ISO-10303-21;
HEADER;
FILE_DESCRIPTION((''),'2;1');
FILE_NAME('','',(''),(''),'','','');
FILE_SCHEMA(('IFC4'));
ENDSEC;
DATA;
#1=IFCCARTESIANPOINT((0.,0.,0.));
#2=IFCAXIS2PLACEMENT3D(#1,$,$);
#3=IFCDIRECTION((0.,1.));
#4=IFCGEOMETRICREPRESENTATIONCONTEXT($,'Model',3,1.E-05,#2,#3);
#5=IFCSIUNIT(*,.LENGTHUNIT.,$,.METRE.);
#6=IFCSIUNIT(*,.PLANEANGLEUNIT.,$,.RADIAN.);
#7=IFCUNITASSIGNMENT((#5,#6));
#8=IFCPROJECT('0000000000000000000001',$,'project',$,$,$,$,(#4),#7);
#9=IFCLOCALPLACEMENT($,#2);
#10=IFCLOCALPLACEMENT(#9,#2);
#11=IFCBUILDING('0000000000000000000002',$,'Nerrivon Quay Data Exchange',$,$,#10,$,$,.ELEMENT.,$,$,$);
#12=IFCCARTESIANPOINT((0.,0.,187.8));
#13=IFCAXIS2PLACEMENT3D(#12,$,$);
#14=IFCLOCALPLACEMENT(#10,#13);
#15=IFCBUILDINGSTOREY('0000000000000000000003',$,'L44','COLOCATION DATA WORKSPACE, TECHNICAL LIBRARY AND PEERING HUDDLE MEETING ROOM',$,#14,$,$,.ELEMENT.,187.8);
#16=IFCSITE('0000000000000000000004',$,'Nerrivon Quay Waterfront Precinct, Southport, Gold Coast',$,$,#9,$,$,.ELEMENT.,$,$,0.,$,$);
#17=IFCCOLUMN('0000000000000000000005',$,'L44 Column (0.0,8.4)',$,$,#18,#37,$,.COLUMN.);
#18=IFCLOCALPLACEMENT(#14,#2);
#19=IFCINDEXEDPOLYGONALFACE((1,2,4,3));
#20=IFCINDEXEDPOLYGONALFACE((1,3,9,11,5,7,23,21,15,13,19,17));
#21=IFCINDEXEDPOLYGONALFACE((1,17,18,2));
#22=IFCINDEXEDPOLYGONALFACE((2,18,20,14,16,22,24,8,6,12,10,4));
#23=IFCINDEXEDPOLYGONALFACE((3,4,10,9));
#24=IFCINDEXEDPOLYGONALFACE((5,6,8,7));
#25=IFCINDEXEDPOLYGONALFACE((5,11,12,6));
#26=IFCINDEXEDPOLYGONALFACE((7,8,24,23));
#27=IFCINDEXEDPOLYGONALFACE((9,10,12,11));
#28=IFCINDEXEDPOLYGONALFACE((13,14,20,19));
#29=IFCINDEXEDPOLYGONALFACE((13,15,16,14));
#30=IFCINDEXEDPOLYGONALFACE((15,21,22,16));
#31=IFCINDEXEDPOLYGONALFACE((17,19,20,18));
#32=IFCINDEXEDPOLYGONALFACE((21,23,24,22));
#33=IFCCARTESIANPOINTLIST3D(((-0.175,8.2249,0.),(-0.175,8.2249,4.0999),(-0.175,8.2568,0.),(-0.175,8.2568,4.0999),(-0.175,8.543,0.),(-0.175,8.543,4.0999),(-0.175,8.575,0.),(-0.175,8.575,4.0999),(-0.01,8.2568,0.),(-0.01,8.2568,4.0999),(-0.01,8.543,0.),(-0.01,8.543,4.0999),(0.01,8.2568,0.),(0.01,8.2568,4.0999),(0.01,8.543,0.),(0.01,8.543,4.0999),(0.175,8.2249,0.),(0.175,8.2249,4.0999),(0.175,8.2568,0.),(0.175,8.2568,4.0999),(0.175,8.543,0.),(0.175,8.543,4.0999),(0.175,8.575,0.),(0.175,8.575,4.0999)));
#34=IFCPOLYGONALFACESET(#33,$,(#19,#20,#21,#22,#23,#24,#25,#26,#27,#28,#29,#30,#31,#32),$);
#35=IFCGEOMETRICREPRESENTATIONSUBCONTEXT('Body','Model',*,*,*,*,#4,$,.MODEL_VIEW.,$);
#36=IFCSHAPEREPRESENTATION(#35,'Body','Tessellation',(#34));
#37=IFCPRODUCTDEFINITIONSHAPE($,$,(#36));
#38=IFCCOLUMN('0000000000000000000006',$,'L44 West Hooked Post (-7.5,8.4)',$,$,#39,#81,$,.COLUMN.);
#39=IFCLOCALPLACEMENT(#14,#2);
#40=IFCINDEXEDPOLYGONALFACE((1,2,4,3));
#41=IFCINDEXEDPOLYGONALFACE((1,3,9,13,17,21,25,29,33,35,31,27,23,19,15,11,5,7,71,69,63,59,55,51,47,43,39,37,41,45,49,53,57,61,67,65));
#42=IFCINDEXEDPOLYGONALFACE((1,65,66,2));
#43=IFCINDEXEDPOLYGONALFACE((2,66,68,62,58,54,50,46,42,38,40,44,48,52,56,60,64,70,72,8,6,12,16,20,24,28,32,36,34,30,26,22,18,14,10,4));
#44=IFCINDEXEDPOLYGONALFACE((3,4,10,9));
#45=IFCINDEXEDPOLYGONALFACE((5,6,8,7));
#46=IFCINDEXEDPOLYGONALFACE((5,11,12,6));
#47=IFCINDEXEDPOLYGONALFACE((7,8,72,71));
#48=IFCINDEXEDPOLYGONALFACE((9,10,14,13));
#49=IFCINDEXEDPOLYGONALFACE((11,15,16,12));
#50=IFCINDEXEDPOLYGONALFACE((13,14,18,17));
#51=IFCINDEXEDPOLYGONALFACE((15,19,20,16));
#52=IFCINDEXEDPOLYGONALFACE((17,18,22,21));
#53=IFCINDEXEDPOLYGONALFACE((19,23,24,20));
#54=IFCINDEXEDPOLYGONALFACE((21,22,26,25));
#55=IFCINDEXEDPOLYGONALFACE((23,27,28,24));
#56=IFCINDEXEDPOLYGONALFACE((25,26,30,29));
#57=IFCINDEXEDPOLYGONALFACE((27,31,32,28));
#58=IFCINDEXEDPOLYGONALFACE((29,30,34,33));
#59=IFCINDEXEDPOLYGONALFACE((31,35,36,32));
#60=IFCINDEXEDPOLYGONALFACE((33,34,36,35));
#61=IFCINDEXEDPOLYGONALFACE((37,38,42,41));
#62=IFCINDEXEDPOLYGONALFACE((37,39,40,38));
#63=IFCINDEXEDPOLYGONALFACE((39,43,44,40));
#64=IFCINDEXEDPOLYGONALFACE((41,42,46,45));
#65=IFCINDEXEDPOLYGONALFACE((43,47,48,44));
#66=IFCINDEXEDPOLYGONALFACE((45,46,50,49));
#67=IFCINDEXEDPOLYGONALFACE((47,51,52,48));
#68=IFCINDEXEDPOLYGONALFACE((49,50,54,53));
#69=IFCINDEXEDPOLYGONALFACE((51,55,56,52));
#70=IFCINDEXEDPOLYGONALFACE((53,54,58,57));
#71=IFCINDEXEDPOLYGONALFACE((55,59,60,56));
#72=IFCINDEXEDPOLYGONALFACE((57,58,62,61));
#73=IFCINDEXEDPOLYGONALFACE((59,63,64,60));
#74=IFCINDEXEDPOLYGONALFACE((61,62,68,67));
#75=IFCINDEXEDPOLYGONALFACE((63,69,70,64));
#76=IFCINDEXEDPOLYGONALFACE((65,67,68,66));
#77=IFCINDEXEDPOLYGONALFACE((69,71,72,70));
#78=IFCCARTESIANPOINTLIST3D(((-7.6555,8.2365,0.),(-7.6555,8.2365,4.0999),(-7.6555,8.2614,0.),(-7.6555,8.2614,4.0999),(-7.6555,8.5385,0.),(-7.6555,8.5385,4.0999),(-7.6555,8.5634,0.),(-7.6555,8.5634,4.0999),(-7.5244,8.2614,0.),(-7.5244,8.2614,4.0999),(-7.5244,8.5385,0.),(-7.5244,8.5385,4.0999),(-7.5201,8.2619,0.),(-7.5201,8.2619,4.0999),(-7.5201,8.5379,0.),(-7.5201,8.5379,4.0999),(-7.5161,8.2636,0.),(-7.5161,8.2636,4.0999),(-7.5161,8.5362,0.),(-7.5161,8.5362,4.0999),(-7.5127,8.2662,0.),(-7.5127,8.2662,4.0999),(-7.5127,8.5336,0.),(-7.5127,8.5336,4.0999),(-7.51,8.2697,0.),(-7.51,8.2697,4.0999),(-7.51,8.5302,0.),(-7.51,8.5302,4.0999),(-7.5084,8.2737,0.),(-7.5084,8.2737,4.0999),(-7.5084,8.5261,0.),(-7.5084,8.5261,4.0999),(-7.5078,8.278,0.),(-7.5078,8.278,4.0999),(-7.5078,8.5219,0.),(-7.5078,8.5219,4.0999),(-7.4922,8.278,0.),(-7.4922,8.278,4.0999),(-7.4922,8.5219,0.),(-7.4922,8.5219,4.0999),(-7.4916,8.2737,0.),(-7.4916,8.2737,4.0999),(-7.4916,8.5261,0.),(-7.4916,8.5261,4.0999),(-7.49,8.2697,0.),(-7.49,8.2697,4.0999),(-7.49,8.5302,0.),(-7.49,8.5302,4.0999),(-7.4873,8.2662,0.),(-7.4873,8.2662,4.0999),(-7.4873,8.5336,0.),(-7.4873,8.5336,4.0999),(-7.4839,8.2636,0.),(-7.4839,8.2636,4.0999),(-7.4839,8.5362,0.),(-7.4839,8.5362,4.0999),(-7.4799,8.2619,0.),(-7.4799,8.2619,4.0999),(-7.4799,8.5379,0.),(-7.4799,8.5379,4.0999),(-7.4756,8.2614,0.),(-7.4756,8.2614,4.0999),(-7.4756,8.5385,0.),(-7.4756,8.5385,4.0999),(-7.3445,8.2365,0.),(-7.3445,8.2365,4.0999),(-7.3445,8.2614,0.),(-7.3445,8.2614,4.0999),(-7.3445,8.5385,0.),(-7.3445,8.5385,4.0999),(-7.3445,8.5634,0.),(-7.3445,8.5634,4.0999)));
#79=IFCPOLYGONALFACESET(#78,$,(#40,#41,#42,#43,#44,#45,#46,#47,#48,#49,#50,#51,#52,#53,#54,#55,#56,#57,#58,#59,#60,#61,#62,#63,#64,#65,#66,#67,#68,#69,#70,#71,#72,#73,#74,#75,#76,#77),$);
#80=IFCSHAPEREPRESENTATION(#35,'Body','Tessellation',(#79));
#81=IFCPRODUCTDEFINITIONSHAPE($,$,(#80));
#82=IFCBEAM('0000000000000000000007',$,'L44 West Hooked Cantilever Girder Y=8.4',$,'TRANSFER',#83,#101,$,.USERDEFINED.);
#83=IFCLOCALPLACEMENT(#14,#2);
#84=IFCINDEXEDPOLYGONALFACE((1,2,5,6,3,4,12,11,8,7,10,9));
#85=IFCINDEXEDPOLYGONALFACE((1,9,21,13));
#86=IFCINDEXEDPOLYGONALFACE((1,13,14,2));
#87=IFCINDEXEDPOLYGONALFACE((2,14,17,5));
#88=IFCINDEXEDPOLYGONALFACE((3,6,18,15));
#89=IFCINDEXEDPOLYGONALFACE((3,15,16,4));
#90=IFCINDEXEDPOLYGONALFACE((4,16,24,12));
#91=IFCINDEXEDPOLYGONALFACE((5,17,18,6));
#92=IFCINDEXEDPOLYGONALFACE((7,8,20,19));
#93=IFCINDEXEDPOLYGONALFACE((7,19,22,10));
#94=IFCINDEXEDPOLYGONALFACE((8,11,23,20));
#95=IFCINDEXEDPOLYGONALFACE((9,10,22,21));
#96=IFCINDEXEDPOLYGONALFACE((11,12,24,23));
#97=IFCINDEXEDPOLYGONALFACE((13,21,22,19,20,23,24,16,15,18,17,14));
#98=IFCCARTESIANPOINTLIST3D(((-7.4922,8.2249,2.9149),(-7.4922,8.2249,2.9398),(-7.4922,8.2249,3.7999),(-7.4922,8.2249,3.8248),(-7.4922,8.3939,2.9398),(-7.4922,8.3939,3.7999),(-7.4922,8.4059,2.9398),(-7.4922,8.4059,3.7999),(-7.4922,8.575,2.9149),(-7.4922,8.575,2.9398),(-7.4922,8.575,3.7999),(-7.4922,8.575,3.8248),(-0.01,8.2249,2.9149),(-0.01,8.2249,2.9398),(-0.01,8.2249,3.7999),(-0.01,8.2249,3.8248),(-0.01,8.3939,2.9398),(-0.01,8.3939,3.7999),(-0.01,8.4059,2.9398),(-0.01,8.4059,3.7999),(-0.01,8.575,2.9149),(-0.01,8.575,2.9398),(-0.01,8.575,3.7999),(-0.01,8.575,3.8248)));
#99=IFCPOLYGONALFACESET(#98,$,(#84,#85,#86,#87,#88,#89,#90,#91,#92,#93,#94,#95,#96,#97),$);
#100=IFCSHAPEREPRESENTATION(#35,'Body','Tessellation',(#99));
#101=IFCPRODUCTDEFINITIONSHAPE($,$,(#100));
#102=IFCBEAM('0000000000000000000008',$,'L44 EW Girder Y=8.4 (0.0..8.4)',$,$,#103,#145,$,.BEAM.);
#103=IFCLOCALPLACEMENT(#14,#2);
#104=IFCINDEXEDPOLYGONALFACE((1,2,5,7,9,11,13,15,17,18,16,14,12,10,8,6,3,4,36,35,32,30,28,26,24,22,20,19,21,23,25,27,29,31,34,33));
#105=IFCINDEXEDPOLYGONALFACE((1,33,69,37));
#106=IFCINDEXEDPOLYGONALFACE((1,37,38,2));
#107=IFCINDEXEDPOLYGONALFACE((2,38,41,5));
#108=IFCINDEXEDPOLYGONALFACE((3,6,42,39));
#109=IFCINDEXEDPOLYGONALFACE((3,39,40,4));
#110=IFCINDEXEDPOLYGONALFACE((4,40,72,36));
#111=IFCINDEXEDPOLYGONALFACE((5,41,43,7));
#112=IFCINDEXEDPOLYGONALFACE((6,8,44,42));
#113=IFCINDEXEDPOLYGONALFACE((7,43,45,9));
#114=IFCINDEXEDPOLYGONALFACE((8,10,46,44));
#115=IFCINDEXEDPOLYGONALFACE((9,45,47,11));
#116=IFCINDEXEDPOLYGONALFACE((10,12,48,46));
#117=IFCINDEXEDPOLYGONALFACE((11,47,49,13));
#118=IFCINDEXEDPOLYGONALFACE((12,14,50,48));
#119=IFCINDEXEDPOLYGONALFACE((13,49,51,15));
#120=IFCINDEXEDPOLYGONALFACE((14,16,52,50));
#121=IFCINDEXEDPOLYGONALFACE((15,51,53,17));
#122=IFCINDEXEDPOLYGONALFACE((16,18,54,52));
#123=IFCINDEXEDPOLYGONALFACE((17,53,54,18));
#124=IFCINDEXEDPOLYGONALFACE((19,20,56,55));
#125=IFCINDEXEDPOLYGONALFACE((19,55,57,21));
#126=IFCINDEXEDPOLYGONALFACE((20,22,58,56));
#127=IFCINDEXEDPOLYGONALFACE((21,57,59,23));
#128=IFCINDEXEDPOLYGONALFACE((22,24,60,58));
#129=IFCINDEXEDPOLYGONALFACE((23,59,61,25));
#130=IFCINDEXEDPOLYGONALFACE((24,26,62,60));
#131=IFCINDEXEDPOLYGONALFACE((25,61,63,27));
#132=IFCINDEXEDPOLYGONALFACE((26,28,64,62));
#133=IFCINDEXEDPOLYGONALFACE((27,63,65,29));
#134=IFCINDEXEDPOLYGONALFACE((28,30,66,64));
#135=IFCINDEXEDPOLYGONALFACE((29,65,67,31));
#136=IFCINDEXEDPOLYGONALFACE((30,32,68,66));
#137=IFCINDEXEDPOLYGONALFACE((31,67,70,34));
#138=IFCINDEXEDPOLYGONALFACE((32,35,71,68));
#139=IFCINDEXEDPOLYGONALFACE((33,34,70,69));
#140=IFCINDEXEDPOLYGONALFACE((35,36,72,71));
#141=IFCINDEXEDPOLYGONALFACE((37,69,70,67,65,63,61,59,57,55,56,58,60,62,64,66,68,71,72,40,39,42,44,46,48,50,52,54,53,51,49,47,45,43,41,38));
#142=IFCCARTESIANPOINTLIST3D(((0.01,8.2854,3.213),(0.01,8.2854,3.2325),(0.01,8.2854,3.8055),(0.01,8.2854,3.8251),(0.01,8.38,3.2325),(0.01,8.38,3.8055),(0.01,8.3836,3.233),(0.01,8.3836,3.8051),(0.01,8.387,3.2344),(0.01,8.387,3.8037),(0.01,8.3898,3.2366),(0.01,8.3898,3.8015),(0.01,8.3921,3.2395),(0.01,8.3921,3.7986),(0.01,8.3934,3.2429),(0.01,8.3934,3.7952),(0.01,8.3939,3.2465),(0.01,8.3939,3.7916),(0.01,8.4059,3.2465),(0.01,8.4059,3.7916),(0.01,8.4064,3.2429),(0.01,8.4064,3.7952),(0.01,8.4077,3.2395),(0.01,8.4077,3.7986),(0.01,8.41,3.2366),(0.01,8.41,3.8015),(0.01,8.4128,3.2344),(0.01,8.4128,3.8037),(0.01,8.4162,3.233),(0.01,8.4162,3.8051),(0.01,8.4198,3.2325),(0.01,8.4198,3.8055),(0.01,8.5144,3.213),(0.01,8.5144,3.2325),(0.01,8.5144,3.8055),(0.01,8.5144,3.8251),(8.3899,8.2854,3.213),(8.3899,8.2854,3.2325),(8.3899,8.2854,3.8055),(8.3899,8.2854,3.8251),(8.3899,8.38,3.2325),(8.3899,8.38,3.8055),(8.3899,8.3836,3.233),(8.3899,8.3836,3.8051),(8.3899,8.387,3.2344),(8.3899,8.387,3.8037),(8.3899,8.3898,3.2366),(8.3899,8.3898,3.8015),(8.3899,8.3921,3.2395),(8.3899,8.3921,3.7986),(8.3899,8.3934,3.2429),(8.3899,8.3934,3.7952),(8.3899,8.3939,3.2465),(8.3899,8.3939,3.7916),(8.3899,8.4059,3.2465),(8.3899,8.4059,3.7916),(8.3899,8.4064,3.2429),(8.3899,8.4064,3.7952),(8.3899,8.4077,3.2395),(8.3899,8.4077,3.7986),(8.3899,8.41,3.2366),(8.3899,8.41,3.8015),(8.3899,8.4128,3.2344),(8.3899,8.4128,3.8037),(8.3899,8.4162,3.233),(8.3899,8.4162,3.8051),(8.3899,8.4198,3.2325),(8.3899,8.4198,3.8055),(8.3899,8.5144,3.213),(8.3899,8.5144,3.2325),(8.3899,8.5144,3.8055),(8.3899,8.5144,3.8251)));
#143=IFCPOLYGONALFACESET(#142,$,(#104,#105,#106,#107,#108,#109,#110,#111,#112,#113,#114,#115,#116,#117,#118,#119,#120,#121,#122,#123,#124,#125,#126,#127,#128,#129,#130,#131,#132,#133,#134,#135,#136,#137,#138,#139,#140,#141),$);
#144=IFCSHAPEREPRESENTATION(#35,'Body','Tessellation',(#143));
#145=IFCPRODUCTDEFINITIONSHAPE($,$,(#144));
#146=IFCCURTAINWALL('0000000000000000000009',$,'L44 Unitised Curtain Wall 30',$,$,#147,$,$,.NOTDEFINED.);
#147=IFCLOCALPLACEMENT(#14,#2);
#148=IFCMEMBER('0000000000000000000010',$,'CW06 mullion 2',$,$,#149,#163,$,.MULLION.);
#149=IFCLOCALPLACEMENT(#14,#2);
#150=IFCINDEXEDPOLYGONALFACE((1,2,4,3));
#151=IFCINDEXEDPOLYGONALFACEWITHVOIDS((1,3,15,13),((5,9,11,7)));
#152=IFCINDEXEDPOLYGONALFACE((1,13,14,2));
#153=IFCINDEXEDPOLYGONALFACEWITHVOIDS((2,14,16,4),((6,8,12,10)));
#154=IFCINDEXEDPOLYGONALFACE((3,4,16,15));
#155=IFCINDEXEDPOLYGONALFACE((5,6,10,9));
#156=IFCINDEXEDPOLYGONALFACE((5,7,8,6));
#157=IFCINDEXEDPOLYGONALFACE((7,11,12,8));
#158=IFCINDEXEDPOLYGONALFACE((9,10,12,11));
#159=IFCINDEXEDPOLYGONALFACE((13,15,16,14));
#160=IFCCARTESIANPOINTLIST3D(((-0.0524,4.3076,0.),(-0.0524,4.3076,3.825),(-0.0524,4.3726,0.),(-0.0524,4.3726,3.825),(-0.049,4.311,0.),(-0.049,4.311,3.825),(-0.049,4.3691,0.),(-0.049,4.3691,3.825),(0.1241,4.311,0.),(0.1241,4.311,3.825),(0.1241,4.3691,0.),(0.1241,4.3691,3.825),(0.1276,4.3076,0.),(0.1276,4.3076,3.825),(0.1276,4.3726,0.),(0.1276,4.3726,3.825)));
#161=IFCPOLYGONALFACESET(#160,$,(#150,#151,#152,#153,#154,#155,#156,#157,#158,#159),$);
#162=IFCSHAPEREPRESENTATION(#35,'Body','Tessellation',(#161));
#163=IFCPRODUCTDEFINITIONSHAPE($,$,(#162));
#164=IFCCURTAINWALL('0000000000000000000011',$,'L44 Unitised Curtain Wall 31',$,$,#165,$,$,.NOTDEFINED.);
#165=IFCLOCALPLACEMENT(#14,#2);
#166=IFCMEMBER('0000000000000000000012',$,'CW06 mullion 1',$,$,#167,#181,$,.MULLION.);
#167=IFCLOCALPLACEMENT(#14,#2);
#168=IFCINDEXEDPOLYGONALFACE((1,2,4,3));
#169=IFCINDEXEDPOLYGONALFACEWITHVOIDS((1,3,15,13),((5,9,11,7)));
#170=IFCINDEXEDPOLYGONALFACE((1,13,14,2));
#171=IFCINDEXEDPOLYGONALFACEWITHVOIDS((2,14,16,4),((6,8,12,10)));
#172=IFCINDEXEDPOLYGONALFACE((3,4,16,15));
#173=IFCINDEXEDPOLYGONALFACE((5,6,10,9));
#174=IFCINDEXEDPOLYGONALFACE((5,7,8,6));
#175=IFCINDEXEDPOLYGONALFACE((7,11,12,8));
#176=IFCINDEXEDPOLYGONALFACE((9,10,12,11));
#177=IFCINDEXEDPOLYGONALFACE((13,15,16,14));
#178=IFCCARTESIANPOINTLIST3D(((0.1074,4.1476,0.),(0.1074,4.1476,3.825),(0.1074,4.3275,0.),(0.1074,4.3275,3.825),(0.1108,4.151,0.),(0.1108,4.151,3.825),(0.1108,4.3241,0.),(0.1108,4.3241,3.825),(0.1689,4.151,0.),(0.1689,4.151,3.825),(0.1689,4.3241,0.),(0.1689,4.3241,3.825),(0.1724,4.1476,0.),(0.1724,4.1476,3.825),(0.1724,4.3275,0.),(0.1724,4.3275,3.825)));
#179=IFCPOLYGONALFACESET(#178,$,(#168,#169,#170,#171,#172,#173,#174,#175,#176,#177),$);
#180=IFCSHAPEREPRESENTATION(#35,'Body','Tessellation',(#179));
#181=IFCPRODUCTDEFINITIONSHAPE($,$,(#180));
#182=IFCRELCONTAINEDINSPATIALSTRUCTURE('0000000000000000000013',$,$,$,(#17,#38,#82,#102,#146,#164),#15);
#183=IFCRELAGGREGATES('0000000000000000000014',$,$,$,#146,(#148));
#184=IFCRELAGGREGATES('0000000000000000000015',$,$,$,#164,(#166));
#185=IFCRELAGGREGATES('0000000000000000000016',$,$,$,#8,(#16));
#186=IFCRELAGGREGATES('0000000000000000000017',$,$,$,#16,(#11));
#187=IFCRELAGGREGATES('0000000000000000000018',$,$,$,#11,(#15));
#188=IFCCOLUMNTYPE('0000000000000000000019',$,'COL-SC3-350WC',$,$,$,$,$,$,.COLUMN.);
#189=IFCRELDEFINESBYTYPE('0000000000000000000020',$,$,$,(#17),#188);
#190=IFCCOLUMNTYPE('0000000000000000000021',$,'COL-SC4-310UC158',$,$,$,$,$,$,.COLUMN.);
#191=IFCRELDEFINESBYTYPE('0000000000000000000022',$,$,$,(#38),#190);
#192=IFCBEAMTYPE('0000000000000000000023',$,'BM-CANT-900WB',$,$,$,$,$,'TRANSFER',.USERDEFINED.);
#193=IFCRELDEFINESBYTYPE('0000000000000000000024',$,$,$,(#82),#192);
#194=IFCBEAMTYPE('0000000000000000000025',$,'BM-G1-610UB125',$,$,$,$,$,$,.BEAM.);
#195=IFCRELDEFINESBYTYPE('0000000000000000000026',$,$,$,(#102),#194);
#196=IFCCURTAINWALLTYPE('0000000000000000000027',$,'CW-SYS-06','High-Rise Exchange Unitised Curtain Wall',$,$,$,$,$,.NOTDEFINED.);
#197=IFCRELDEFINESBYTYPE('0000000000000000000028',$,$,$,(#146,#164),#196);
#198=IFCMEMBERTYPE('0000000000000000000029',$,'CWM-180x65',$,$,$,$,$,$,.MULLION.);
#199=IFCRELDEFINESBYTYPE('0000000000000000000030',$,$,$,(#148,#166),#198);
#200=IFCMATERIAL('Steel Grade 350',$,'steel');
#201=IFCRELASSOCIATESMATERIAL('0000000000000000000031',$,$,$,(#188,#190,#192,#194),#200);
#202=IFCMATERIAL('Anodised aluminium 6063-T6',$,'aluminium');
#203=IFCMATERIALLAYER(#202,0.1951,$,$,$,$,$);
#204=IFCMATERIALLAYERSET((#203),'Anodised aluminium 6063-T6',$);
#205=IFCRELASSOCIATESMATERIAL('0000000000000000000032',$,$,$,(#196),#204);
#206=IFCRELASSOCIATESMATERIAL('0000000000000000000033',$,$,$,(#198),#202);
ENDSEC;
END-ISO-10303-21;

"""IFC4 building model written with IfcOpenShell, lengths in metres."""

from ifc_helpers import new_model, si_unit, direction, frame, origin, origin_2d, place, context, subcontext, project, spatial, hollow_rectangle, i_section, extrude, material, layer, layer_set, material_profile, profile_set, type_object, element, aggregate, save


model = new_model("IFC4")

# Units and contexts
model_context = context("Model", 3, precision=1e-05, world=origin(), true_north=direction((0.0, 1.0)))
body_context = subcontext(model_context, "Body", "Model", "MODEL_VIEW")
ifc_project = project(units=[si_unit("LENGTHUNIT", "METRE"), si_unit("PLANEANGLEUNIT", "RADIAN")], contexts=[model_context])

# Site, building, storey
site_placement = place(None, origin())
site = spatial("IfcSite", under=ifc_project, at=site_placement, Name="Nerrivon Quay Waterfront Precinct, Southport, Gold Coast", CompositionType="ELEMENT", RefElevation=0.0)
building_placement = place(site_placement, origin())
building = spatial("IfcBuilding", under=site, at=building_placement, Name="Nerrivon Quay Data Exchange", CompositionType="ELEMENT")
storey_placement = place(building_placement, frame((0.0, 0.0, 187.8)))
storey = spatial("IfcBuildingStorey", under=building, at=storey_placement, Name="L44", Description="COLOCATION DATA WORKSPACE, TECHNICAL LIBRARY AND PEERING HUDDLE MEETING ROOM", CompositionType="ELEMENT", Elevation=187.8)

# Columns
ifc_material_1 = material(Name="Steel Grade 350", Category="steel")
ifc_material_profile_1 = material_profile(ifc_material_1, i_section(OverallWidth=0.3501, OverallDepth=0.3501, WebThickness=0.02, FlangeThickness=0.032, at=origin_2d()), Name="350WC230")
ifc_profile_set_1 = profile_set([ifc_material_profile_1], Name="Steel Grade 350")
column_type_1 = type_object("IfcColumnType", Name="COL-SC3-350WC", PredefinedType="COLUMN", material=ifc_profile_set_1)
column_1_placement = place(storey_placement, frame((0.0, 8.3999, 0.0), z_axis=(0.0, 0.0, 1.0), x_axis=(1.0, 0.0, 0.0)))
element("IfcColumn", 1, at=column_1_placement, inside=storey, type_object=column_type_1, Name="L44 Column (0.0,8.4)", PredefinedType="COLUMN", context=body_context, shape_type="SweptSolid", body=[
    extrude(i_section(OverallWidth=0.3501, OverallDepth=0.3501, WebThickness=0.02, FlangeThickness=0.032, at=origin_2d()), origin(), (0.0, 0.0, 1.0), 4.0999),
])
ifc_material_profile_2 = material_profile(ifc_material_1, i_section(OverallWidth=0.311, OverallDepth=0.3269, WebThickness=0.0156, FlangeThickness=0.0249, FilletRadius=0.0166, at=origin_2d()), Name="310UC158")
ifc_profile_set_2 = profile_set([ifc_material_profile_2], Name="Steel Grade 350")
column_type_2 = type_object("IfcColumnType", Name="COL-SC4-310UC158", PredefinedType="COLUMN", material=ifc_profile_set_2)
column_2_placement = place(storey_placement, frame((-7.5, 8.3999, 0.0), z_axis=(0.0, 0.0, 1.0), x_axis=(1.0, 0.0, 0.0)))
element("IfcColumn", 2, at=column_2_placement, inside=storey, type_object=column_type_2, Name="L44 West Hooked Post (-7.5,8.4)", PredefinedType="COLUMN", context=body_context, shape_type="SweptSolid", body=[
    extrude(i_section(OverallWidth=0.311, OverallDepth=0.3269, WebThickness=0.0156, FlangeThickness=0.0249, FilletRadius=0.0166, at=origin_2d()), origin(), (0.0, 0.0, 1.0), 4.0999),
])

# Beams
ifc_material_profile_3 = material_profile(ifc_material_1, i_section(OverallWidth=0.3501, OverallDepth=0.9099, WebThickness=0.012, FlangeThickness=0.0249, at=origin_2d()), Name="900WB218")
ifc_profile_set_3 = profile_set([ifc_material_profile_3], Name="Steel Grade 350")
beam_type_1 = type_object("IfcBeamType", Name="BM-CANT-900WB", ElementType="TRANSFER", PredefinedType="USERDEFINED", material=ifc_profile_set_3)
beam_1_placement = place(storey_placement, frame((-0.01, 8.3999, 3.3699), z_axis=(-1.0, 0.0, 0.0), x_axis=(0.0, -1.0, 0.0)))
element("IfcBeam", 3, at=beam_1_placement, inside=storey, type_object=beam_type_1, Name="L44 West Hooked Cantilever Girder Y=8.4", ObjectType="TRANSFER", PredefinedType="USERDEFINED", context=body_context, shape_type="SweptSolid", body=[
    extrude(i_section(OverallWidth=0.3501, OverallDepth=0.9099, WebThickness=0.012, FlangeThickness=0.0249, at=origin_2d()), origin(), (0.0, 0.0, 1.0), 7.4822),
])
ifc_material_profile_4 = material_profile(ifc_material_1, i_section(OverallWidth=0.229, OverallDepth=0.6121, WebThickness=0.012, FlangeThickness=0.0195, FilletRadius=0.0139, at=origin_2d()), Name="610UB125")
ifc_profile_set_4 = profile_set([ifc_material_profile_4], Name="Steel Grade 350")
beam_type_2 = type_object("IfcBeamType", Name="BM-G1-610UB125", PredefinedType="BEAM", material=ifc_profile_set_4)
beam_2_placement = place(storey_placement, frame((0.01, 8.3999, 3.519), z_axis=(1.0, 0.0, 0.0), x_axis=(0.0, 1.0, 0.0)))
element("IfcBeam", 4, at=beam_2_placement, inside=storey, type_object=beam_type_2, Name="L44 EW Girder Y=8.4 (0.0..8.4)", PredefinedType="BEAM", context=body_context, shape_type="SweptSolid", body=[
    extrude(i_section(OverallWidth=0.229, OverallDepth=0.6121, WebThickness=0.012, FlangeThickness=0.0195, FilletRadius=0.0139, at=origin_2d()), origin(), (0.0, 0.0, 1.0), 8.3799),
])

# Curtain wall, member
ifc_material_2 = material(Name="Anodised aluminium 6063-T6", Category="aluminium")
ifc_layer_1 = layer(ifc_material_2, 0.1951)
ifc_layer_set_1 = layer_set([ifc_layer_1], Name="Anodised aluminium 6063-T6")
curtain_wall_type_1 = type_object("IfcCurtainWallType", Name="CW-SYS-06", Description="High-Rise Exchange Unitised Curtain Wall", PredefinedType="NOTDEFINED", material=ifc_layer_set_1)
curtain_wall_1_placement = place(storey_placement, origin())
curtain_wall_1 = element("IfcCurtainWall", 5, at=curtain_wall_1_placement, inside=storey, type_object=curtain_wall_type_1, Name="L44 Unitised Curtain Wall 30", PredefinedType="NOTDEFINED")
ifc_material_profile_5 = material_profile(ifc_material_2, hollow_rectangle(XDim=0.0649, YDim=0.1799, WallThickness=0.0034, at=origin_2d()), Name="ALU-MULL-180x65")
ifc_profile_set_5 = profile_set([ifc_material_profile_5], Name="Anodised aluminium 6063-T6")
member_type_1 = type_object("IfcMemberType", Name="CWM-180x65", PredefinedType="MULLION", material=ifc_profile_set_5)
member_1_placement = place(storey_placement, frame((0.0376, 4.3401, 0.0), z_axis=(0.0, 0.0, 1.0), x_axis=(0.0, -1.0, 0.0)))
member_1 = element("IfcMember", 6, at=member_1_placement, type_object=member_type_1, Name="CW06 mullion 2", PredefinedType="MULLION", context=body_context, shape_type="SweptSolid", body=[
    extrude(hollow_rectangle(XDim=0.0649, YDim=0.1799, WallThickness=0.0034, at=origin_2d()), origin(), (0.0, 0.0, 1.0), 3.825),
])

# Curtain wall, member
curtain_wall_2_placement = place(storey_placement, origin())
curtain_wall_2 = element("IfcCurtainWall", 7, at=curtain_wall_2_placement, inside=storey, type_object=curtain_wall_type_1, Name="L44 Unitised Curtain Wall 31", PredefinedType="NOTDEFINED")
member_2_placement = place(storey_placement, frame((0.1399, 4.2375, 0.0), z_axis=(0.0, 0.0, 1.0), x_axis=(-1.0, 0.0, 0.0)))
member_2 = element("IfcMember", 8, at=member_2_placement, type_object=member_type_1, Name="CW06 mullion 1", PredefinedType="MULLION", context=body_context, shape_type="SweptSolid", body=[
    extrude(hollow_rectangle(XDim=0.0649, YDim=0.1799, WallThickness=0.0034, at=origin_2d()), origin(), (0.0, 0.0, 1.0), 3.825),
])

aggregate(curtain_wall_1, [member_1])
aggregate(curtain_wall_2, [member_2])

save(model, "model.ifc")
